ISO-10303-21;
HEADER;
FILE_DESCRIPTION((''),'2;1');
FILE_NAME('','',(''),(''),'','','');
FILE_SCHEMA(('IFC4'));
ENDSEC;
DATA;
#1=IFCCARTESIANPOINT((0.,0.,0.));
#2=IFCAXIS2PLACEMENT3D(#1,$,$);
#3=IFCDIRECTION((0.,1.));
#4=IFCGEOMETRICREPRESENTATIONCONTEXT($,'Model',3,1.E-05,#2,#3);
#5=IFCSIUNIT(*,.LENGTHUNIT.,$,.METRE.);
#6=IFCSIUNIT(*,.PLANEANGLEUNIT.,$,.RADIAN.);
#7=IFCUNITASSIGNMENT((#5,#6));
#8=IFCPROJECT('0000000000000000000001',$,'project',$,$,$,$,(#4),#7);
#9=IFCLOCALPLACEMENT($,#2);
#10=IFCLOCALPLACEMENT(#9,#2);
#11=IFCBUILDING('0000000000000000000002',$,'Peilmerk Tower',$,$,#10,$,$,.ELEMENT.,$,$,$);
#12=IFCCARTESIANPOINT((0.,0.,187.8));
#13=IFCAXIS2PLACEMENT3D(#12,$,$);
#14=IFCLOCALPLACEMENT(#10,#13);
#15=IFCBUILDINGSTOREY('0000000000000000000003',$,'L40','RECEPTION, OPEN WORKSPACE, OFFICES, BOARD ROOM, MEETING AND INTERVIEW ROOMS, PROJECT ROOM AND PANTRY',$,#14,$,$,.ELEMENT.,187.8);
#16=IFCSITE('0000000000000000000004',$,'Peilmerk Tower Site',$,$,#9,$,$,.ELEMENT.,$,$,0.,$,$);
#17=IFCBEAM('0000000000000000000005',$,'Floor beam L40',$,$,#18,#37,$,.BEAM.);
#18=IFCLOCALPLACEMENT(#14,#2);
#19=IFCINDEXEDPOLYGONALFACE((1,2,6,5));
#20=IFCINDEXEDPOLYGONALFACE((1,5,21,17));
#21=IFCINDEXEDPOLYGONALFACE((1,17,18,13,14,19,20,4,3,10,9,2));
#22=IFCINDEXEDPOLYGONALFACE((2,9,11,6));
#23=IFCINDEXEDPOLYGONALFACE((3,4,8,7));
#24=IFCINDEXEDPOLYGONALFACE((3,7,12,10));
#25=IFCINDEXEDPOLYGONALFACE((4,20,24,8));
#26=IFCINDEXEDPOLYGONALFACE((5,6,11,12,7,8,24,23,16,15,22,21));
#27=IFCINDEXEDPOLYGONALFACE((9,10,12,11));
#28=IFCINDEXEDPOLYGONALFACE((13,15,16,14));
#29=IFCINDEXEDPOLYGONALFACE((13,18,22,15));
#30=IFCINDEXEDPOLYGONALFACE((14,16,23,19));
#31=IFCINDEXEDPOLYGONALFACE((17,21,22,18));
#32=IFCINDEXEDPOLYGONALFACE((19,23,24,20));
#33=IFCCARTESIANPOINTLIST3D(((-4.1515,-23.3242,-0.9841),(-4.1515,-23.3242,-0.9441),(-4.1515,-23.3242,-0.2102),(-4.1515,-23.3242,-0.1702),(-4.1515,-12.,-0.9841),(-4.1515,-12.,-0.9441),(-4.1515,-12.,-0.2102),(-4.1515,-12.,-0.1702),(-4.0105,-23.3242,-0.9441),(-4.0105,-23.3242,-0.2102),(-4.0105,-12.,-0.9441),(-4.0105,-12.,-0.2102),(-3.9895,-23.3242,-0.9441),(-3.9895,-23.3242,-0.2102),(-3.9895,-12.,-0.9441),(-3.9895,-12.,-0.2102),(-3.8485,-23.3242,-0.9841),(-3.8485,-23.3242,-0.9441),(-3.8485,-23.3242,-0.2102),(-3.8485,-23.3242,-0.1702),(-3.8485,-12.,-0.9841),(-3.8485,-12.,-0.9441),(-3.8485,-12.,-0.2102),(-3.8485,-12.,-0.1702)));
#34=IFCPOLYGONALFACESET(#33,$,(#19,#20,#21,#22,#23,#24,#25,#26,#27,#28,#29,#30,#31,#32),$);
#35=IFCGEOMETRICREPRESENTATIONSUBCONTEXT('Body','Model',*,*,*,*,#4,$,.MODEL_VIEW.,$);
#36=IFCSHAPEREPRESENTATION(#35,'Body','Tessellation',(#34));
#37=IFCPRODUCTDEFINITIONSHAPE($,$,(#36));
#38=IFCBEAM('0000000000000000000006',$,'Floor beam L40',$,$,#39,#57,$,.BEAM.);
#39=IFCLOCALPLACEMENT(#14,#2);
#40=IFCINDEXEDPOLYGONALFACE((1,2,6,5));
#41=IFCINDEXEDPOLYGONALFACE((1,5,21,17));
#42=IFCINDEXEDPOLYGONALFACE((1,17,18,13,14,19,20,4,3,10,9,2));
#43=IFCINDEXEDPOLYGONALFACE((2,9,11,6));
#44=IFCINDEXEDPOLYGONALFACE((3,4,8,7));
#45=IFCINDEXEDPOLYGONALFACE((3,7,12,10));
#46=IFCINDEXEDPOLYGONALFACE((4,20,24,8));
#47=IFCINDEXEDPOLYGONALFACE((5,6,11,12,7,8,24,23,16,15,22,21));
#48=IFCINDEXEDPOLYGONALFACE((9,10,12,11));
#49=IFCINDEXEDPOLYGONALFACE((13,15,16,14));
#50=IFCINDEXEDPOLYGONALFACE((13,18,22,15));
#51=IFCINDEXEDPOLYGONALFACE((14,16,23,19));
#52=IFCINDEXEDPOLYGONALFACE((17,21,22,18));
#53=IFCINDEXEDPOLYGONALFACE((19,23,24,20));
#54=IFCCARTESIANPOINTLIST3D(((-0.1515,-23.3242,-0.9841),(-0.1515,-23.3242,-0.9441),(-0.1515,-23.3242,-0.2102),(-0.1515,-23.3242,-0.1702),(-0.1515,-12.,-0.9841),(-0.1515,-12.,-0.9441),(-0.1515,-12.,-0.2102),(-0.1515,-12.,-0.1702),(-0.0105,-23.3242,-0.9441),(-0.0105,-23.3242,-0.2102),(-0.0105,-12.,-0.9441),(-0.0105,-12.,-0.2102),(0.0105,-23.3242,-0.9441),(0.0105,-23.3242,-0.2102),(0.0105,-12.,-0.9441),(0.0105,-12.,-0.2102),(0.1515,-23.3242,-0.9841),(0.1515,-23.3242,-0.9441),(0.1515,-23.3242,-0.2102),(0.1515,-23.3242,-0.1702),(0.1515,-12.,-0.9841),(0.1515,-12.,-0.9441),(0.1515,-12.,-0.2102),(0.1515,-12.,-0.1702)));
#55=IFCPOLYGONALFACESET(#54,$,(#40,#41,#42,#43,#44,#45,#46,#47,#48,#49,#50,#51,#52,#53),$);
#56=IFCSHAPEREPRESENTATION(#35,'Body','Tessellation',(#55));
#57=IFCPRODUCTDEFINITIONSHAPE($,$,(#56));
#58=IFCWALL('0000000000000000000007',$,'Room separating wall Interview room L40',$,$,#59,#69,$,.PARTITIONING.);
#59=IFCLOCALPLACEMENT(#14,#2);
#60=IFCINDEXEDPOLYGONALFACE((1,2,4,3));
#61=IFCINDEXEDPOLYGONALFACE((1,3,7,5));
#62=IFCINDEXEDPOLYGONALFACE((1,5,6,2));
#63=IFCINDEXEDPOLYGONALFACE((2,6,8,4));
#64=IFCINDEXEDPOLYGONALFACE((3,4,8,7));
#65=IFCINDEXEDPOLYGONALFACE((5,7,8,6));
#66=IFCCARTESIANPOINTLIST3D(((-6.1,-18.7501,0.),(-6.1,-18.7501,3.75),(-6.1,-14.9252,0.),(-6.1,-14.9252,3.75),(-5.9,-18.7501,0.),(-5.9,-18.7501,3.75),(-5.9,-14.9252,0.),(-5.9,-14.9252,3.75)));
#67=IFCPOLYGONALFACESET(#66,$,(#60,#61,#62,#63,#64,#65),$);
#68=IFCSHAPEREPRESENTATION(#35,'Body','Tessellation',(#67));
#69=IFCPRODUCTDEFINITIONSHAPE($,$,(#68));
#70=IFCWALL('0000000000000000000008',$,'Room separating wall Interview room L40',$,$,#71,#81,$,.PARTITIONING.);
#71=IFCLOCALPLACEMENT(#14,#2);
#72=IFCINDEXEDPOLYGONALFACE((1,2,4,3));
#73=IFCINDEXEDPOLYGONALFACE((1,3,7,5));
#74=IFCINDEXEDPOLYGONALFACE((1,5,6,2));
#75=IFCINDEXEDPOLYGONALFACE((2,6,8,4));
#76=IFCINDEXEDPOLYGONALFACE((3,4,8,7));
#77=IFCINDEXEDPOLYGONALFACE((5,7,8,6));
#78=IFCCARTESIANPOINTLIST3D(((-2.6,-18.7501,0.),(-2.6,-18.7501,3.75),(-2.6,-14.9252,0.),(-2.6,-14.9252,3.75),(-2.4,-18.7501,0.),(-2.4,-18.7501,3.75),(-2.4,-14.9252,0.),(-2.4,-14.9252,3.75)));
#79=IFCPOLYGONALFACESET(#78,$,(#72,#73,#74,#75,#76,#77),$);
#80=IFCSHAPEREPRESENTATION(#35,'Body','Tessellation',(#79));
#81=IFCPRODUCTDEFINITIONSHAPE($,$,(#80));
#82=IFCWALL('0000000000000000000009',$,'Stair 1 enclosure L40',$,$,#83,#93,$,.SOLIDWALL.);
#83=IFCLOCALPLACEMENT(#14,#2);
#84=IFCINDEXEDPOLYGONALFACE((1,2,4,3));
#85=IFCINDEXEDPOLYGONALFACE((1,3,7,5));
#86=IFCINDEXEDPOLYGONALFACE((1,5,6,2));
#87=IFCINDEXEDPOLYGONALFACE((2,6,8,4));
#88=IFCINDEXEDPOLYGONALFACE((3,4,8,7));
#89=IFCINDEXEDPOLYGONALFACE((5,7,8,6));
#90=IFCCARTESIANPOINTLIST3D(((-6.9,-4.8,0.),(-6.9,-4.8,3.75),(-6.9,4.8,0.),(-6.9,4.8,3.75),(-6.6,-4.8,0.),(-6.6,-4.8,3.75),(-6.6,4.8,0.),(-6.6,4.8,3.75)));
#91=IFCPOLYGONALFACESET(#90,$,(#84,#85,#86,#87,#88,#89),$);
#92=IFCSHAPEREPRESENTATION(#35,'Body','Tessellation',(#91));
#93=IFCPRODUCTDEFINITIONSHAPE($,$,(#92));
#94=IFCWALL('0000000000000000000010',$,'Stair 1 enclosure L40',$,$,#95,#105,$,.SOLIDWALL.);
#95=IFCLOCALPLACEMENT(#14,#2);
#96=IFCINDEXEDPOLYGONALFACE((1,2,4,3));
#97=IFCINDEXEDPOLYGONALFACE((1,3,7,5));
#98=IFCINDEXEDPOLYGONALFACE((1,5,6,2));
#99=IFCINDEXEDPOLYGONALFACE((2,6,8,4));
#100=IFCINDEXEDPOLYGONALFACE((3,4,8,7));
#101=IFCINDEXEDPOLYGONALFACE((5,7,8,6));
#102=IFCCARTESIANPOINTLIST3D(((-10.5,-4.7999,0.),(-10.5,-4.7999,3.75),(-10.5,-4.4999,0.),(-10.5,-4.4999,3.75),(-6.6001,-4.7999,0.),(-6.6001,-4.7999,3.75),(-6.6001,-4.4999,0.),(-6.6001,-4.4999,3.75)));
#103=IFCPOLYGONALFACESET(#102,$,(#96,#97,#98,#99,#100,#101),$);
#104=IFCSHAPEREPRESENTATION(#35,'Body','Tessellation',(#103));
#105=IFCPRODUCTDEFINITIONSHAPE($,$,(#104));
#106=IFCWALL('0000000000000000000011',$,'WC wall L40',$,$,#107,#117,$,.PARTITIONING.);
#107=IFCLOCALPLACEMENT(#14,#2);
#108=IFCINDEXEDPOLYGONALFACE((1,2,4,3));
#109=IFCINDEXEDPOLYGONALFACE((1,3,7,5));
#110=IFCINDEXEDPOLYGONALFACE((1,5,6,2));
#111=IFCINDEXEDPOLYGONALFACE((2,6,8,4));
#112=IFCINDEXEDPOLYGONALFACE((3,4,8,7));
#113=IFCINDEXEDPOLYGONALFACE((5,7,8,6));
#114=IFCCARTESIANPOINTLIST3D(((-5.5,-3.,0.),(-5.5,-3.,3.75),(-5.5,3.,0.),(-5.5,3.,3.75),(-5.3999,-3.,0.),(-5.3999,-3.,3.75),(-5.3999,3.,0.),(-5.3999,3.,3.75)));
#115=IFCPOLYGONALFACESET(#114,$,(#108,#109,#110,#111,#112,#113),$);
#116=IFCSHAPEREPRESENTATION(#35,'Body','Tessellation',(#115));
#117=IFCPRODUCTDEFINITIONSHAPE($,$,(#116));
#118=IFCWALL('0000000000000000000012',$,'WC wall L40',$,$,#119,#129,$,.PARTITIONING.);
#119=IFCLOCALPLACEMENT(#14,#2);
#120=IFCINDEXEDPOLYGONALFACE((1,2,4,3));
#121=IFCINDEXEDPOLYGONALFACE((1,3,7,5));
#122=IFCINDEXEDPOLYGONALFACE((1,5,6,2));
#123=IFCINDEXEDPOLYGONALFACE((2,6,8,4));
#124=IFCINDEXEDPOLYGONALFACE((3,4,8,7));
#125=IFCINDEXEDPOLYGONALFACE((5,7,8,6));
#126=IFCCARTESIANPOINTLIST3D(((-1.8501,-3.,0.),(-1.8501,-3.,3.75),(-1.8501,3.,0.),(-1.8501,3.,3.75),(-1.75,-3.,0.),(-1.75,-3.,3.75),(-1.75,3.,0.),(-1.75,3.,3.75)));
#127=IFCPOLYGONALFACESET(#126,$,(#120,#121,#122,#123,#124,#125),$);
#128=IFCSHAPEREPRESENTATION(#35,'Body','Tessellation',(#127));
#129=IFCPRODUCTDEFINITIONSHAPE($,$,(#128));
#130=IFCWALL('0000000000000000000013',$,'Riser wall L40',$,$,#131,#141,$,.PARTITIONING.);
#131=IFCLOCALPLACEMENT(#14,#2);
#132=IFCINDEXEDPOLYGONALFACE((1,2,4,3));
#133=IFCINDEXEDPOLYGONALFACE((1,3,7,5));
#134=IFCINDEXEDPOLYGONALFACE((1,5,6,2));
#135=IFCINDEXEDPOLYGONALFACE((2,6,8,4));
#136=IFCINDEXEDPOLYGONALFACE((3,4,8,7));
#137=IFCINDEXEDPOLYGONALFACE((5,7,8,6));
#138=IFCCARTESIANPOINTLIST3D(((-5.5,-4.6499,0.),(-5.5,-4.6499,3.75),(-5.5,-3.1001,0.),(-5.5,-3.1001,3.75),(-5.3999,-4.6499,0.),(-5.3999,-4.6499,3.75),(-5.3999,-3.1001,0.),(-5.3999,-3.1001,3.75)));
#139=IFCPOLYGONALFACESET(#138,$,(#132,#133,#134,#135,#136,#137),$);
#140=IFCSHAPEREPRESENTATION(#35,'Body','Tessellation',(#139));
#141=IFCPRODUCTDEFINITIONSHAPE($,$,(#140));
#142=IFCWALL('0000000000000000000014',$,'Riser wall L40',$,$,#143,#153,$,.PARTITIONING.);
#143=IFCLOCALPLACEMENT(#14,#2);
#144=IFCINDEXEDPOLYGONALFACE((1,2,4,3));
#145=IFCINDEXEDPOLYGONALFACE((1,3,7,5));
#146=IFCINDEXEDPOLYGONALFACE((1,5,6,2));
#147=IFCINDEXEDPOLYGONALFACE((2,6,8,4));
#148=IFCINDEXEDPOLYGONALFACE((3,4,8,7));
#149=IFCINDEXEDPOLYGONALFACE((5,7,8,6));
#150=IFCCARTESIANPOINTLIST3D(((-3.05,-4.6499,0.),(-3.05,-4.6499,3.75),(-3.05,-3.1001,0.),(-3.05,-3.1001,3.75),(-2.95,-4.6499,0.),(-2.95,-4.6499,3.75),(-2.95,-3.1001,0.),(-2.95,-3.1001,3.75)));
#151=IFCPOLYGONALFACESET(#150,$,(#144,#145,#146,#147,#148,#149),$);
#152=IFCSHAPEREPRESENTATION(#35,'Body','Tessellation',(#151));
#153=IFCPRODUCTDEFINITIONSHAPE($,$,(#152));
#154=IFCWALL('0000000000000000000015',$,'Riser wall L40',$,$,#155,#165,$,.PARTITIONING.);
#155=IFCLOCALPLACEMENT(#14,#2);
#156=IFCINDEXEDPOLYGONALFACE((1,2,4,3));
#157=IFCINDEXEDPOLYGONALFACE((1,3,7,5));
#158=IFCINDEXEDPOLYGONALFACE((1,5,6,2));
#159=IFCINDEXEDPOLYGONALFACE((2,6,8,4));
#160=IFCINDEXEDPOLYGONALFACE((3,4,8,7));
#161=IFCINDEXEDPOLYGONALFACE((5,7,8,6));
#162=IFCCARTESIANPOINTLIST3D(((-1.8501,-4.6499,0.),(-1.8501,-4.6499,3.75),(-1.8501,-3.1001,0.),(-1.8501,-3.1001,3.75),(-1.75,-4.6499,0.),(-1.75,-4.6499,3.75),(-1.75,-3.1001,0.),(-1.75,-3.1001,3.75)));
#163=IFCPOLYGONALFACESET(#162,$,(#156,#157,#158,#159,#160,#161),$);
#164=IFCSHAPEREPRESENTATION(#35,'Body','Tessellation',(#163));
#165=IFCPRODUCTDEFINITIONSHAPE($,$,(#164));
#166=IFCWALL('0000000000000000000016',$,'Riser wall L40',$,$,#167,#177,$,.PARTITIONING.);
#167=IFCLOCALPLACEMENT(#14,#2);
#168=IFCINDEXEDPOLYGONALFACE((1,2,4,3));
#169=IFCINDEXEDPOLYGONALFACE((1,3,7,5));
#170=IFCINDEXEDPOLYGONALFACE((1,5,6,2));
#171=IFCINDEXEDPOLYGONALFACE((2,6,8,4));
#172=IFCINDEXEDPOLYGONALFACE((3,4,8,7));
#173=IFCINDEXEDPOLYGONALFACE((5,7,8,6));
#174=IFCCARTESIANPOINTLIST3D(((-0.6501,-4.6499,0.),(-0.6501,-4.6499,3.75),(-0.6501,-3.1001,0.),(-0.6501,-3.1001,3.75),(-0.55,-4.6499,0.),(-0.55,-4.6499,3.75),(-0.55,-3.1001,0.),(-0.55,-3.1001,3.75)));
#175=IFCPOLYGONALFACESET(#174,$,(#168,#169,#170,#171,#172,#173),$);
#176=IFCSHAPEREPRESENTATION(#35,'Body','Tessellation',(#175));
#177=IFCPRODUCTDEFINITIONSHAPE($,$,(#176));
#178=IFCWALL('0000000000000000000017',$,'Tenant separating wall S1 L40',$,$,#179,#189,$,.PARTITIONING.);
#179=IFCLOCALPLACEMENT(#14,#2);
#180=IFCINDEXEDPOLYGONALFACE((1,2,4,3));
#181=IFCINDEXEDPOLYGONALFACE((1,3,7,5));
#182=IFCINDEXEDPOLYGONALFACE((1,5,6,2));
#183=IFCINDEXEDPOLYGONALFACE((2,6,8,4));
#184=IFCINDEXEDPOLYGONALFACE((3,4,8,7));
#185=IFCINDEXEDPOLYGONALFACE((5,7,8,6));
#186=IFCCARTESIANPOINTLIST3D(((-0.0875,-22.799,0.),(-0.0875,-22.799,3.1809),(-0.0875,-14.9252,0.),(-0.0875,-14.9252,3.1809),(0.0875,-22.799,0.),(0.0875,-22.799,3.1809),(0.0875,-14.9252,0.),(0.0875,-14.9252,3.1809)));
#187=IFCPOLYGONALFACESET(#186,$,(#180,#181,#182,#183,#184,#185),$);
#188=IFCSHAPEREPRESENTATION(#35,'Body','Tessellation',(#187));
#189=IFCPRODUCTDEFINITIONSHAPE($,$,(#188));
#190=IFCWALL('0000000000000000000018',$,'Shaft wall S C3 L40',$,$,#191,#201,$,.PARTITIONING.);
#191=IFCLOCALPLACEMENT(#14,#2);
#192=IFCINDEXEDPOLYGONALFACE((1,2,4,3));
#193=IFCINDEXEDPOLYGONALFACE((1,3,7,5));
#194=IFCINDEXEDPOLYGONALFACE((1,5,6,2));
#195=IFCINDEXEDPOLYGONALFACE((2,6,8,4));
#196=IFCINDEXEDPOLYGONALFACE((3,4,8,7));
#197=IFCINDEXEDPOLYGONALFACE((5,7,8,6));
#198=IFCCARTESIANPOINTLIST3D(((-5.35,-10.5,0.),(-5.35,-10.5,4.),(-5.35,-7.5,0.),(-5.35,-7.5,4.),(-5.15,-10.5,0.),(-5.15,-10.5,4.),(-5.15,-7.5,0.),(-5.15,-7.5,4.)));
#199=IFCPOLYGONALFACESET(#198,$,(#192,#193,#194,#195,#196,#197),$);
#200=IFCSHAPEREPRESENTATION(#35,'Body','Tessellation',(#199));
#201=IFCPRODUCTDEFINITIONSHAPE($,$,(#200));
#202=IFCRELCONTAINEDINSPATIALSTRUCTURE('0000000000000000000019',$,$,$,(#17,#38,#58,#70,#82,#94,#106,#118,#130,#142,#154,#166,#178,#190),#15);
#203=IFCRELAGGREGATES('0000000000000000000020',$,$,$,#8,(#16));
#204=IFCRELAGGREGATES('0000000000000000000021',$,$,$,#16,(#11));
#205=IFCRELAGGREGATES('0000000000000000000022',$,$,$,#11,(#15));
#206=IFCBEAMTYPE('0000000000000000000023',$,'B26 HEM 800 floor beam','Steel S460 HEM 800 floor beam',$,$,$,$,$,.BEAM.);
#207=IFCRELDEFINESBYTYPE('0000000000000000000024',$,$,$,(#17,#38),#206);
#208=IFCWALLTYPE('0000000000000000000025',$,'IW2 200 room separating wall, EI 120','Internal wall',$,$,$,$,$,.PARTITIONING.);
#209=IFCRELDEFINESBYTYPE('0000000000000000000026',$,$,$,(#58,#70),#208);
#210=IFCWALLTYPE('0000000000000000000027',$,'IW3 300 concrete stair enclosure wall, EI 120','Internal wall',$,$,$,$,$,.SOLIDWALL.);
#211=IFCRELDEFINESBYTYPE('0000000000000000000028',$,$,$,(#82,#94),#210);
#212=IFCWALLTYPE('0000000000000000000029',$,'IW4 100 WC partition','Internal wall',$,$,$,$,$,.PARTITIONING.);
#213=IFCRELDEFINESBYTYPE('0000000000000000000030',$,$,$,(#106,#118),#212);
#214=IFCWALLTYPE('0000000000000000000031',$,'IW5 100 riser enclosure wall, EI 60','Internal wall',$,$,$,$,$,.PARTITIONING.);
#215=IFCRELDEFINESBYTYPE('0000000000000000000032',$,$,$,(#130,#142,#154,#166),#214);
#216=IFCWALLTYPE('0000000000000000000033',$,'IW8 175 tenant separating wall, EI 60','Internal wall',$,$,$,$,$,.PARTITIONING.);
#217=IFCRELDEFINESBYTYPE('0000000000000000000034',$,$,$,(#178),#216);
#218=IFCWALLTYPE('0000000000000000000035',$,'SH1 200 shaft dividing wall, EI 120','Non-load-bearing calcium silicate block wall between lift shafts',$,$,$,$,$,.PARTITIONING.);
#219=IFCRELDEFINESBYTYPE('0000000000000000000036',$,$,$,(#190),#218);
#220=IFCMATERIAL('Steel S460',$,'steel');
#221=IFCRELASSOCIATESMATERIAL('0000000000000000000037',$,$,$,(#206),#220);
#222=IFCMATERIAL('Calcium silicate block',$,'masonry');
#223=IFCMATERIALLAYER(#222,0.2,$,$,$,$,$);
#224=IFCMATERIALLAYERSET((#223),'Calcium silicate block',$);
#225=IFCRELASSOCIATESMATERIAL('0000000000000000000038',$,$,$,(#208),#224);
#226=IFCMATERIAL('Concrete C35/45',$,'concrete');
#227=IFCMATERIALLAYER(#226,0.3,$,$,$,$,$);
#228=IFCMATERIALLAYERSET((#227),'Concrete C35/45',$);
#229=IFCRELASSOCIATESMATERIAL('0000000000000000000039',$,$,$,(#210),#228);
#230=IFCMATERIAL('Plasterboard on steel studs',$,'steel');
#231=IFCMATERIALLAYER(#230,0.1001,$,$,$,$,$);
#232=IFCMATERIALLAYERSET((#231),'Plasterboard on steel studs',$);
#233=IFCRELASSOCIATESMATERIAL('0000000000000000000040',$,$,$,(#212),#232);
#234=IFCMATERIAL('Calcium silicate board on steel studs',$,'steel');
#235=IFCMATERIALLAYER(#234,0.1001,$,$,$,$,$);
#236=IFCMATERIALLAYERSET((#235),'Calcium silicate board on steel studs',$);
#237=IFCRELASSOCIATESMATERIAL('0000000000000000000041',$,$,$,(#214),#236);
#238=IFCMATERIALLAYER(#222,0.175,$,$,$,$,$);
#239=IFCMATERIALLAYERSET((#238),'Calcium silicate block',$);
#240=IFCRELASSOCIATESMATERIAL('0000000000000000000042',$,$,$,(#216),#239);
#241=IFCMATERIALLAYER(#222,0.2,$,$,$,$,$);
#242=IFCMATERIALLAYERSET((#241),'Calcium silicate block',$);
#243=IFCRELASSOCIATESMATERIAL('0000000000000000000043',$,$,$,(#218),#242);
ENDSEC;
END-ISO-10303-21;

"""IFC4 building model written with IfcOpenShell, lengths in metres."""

from ifc_helpers import new_model, si_unit, direction, frame, frame_2d, origin, origin_2d, place, context, subcontext, project, spatial, rectangle, i_section, extrude, material, layer, layer_set, material_profile, profile_set, type_object, element, save


model = new_model("IFC4")

# Units and contexts
model_context = context("Model", 3, precision=1e-05, world=origin(), true_north=direction((0.0, 1.0)))
body_context = subcontext(model_context, "Body", "Model", "MODEL_VIEW")
ifc_project = project(units=[si_unit("LENGTHUNIT", "METRE"), si_unit("PLANEANGLEUNIT", "RADIAN")], contexts=[model_context])

# Site, building, storey
site_placement = place(None, origin())
site = spatial("IfcSite", under=ifc_project, at=site_placement, Name="Peilmerk Tower Site", CompositionType="ELEMENT", RefElevation=0.0)
building_placement = place(site_placement, origin())
building = spatial("IfcBuilding", under=site, at=building_placement, Name="Peilmerk Tower", CompositionType="ELEMENT")
storey_placement = place(building_placement, frame((0.0, 0.0, 187.8)))
storey = spatial("IfcBuildingStorey", under=building, at=storey_placement, Name="L40", Description="RECEPTION, OPEN WORKSPACE, OFFICES, BOARD ROOM, MEETING AND INTERVIEW ROOMS, PROJECT ROOM AND PANTRY", CompositionType="ELEMENT", Elevation=187.8)

# Beams
ifc_material_1 = material(Name="Steel S460", Category="steel")
ifc_material_profile = material_profile(ifc_material_1, i_section(OverallWidth=0.303, OverallDepth=0.814, WebThickness=0.021, FlangeThickness=0.04, at=origin_2d()), Name="HEM 800")
ifc_profile_set = profile_set([ifc_material_profile], Name="Steel S460")
beam_type = type_object("IfcBeamType", Name="B26 HEM 800 floor beam", Description="Steel S460 HEM 800 floor beam", PredefinedType="BEAM", material=ifc_profile_set)
for number, where, z_axis, x_axis, name in (
    (1, (-4.0, -12.0, -0.5771), (0.0, -1.0, 0.0), (1.0, 0.0, 0.0), "Floor beam L40"),
    (2, (0.0, -12.0, -0.5771), (0.0, -1.0, 0.0), (1.0, 0.0, 0.0), "Floor beam L40"),
):
    element("IfcBeam", number, at=place(storey_placement, frame(where, z_axis=z_axis, x_axis=x_axis)), inside=storey, type_object=beam_type, Name=name, PredefinedType="BEAM", context=body_context, shape_type="SweptSolid", body=[
        extrude(i_section(OverallWidth=0.303, OverallDepth=0.814, WebThickness=0.021, FlangeThickness=0.04, at=origin_2d()), origin(), (0.0, 0.0, 1.0), 11.3242),
    ])

# Walls
ifc_material_2 = material(Name="Calcium silicate block", Category="masonry")
ifc_layer_1 = layer(ifc_material_2, 0.2)
ifc_layer_set_1 = layer_set([ifc_layer_1], Name="Calcium silicate block")
wall_type_1 = type_object("IfcWallType", Name="IW2 200 room separating wall, EI 120", Description="Internal wall", PredefinedType="PARTITIONING", material=ifc_layer_set_1)
for number, where, z_axis, x_axis, name in (
    (3, (-6.0, -14.925, 0.0), (0.0, 0.0, 1.0), (0.0, -1.0, 0.0), "Room separating wall Interview room L40"),
    (4, (-2.5, -14.925, 0.0), (0.0, 0.0, 1.0), (0.0, -1.0, 0.0), "Room separating wall Interview room L40"),
):
    element("IfcWall", number, at=place(storey_placement, frame(where, z_axis=z_axis, x_axis=x_axis)), inside=storey, type_object=wall_type_1, Name=name, PredefinedType="PARTITIONING", context=body_context, shape_type="SweptSolid", body=[
        extrude(rectangle(XDim=3.825, YDim=0.2, at=frame_2d((1.9126, 0.0))), origin(), (0.0, 0.0, 1.0), 3.75),
    ])
ifc_material_3 = material(Name="Concrete C35/45", Category="concrete")
ifc_layer_2 = layer(ifc_material_3, 0.3)
ifc_layer_set_2 = layer_set([ifc_layer_2], Name="Concrete C35/45")
wall_type_2 = type_object("IfcWallType", Name="IW3 300 concrete stair enclosure wall, EI 120", Description="Internal wall", PredefinedType="SOLIDWALL", material=ifc_layer_set_2)
wall_1_placement = place(storey_placement, frame((-6.75, -4.8, 0.0), z_axis=(0.0, 0.0, 1.0), x_axis=(0.0, 1.0, 0.0)))
element("IfcWall", 5, at=wall_1_placement, inside=storey, type_object=wall_type_2, Name="Stair 1 enclosure L40", PredefinedType="SOLIDWALL", context=body_context, shape_type="SweptSolid", body=[
    extrude(rectangle(XDim=9.6001, YDim=0.3, at=frame_2d((4.8, 0.0))), origin(), (0.0, 0.0, 1.0), 3.75),
])
wall_2_placement = place(storey_placement, frame((-6.6001, -4.6499, 0.0), z_axis=(0.0, 0.0, 1.0), x_axis=(-1.0, 0.0, 0.0)))
element("IfcWall", 6, at=wall_2_placement, inside=storey, type_object=wall_type_2, Name="Stair 1 enclosure L40", PredefinedType="SOLIDWALL", context=body_context, shape_type="SweptSolid", body=[
    extrude(rectangle(XDim=3.8999, YDim=0.3, at=frame_2d((1.95, 0.0))), origin(), (0.0, 0.0, 1.0), 3.75),
])
ifc_material_4 = material(Name="Plasterboard on steel studs", Category="steel")
ifc_layer_3 = layer(ifc_material_4, 0.1001)
ifc_layer_set_3 = layer_set([ifc_layer_3], Name="Plasterboard on steel studs")
wall_type_3 = type_object("IfcWallType", Name="IW4 100 WC partition", Description="Internal wall", PredefinedType="PARTITIONING", material=ifc_layer_set_3)
for number, where, z_axis, x_axis, name in (
    (7, (-5.45, -3.0, 0.0), (0.0, 0.0, 1.0), (0.0, 1.0, 0.0), "WC wall L40"),
    (8, (-1.8, -3.0, 0.0), (0.0, 0.0, 1.0), (0.0, 1.0, 0.0), "WC wall L40"),
):
    element("IfcWall", number, at=place(storey_placement, frame(where, z_axis=z_axis, x_axis=x_axis)), inside=storey, type_object=wall_type_3, Name=name, PredefinedType="PARTITIONING", context=body_context, shape_type="SweptSolid", body=[
        extrude(rectangle(XDim=6.0, YDim=0.1001, at=frame_2d((3.0, 0.0))), origin(), (0.0, 0.0, 1.0), 3.75),
    ])
ifc_material_5 = material(Name="Calcium silicate board on steel studs", Category="steel")
ifc_layer_4 = layer(ifc_material_5, 0.1001)
ifc_layer_set_4 = layer_set([ifc_layer_4], Name="Calcium silicate board on steel studs")
wall_type_4 = type_object("IfcWallType", Name="IW5 100 riser enclosure wall, EI 60", Description="Internal wall", PredefinedType="PARTITIONING", material=ifc_layer_set_4)
for number, where, z_axis, x_axis, name in (
    (9, (-5.45, -3.1001, 0.0), (0.0, 0.0, 1.0), (0.0, -1.0, 0.0), "Riser wall L40"),
    (10, (-3.0, -3.1001, 0.0), (0.0, 0.0, 1.0), (0.0, -1.0, 0.0), "Riser wall L40"),
    (11, (-1.8, -3.1001, 0.0), (0.0, 0.0, 1.0), (0.0, -1.0, 0.0), "Riser wall L40"),
    (12, (-0.6001, -3.1001, 0.0), (0.0, 0.0, 1.0), (0.0, -1.0, 0.0), "Riser wall L40"),
):
    element("IfcWall", number, at=place(storey_placement, frame(where, z_axis=z_axis, x_axis=x_axis)), inside=storey, type_object=wall_type_4, Name=name, PredefinedType="PARTITIONING", context=body_context, shape_type="SweptSolid", body=[
        extrude(rectangle(XDim=1.5498, YDim=0.1001, at=frame_2d((0.7749, 0.0))), origin(), (0.0, 0.0, 1.0), 3.75),
    ])
ifc_layer_5 = layer(ifc_material_2, 0.175)
ifc_layer_set_5 = layer_set([ifc_layer_5], Name="Calcium silicate block")
wall_type_5 = type_object("IfcWallType", Name="IW8 175 tenant separating wall, EI 60", Description="Internal wall", PredefinedType="PARTITIONING", material=ifc_layer_set_5)
wall_3_placement = place(storey_placement, frame((0.0, -14.925, 0.0), z_axis=(0.0, 0.0, 1.0), x_axis=(0.0, -1.0, 0.0)))
element("IfcWall", 13, at=wall_3_placement, inside=storey, type_object=wall_type_5, Name="Tenant separating wall S1 L40", PredefinedType="PARTITIONING", context=body_context, shape_type="SweptSolid", body=[
    extrude(rectangle(XDim=7.8738, YDim=0.175, at=frame_2d((3.937, 0.0))), origin(), (0.0, 0.0, 1.0), 3.1809),
])
ifc_layer_6 = layer(ifc_material_2, 0.2)
ifc_layer_set_6 = layer_set([ifc_layer_6], Name="Calcium silicate block")
wall_type_6 = type_object("IfcWallType", Name="SH1 200 shaft dividing wall, EI 120", Description="Non-load-bearing calcium silicate block wall between lift shafts", PredefinedType="PARTITIONING", material=ifc_layer_set_6)
for number, where, z_axis, x_axis, name in (
    (14, (-5.25, -10.5, 0.0), (0.0, 0.0, 1.0), (0.0, 1.0, 0.0), "Shaft wall S C3 L40"),
):
    element("IfcWall", number, at=place(storey_placement, frame(where, z_axis=z_axis, x_axis=x_axis)), inside=storey, type_object=wall_type_6, Name=name, PredefinedType="PARTITIONING", context=body_context, shape_type="SweptSolid", body=[
        extrude(rectangle(XDim=3.0, YDim=0.2, at=frame_2d((1.5, 0.0))), origin(), (0.0, 0.0, 1.0), 4.0),
    ])

save(model, "model.ifc")
